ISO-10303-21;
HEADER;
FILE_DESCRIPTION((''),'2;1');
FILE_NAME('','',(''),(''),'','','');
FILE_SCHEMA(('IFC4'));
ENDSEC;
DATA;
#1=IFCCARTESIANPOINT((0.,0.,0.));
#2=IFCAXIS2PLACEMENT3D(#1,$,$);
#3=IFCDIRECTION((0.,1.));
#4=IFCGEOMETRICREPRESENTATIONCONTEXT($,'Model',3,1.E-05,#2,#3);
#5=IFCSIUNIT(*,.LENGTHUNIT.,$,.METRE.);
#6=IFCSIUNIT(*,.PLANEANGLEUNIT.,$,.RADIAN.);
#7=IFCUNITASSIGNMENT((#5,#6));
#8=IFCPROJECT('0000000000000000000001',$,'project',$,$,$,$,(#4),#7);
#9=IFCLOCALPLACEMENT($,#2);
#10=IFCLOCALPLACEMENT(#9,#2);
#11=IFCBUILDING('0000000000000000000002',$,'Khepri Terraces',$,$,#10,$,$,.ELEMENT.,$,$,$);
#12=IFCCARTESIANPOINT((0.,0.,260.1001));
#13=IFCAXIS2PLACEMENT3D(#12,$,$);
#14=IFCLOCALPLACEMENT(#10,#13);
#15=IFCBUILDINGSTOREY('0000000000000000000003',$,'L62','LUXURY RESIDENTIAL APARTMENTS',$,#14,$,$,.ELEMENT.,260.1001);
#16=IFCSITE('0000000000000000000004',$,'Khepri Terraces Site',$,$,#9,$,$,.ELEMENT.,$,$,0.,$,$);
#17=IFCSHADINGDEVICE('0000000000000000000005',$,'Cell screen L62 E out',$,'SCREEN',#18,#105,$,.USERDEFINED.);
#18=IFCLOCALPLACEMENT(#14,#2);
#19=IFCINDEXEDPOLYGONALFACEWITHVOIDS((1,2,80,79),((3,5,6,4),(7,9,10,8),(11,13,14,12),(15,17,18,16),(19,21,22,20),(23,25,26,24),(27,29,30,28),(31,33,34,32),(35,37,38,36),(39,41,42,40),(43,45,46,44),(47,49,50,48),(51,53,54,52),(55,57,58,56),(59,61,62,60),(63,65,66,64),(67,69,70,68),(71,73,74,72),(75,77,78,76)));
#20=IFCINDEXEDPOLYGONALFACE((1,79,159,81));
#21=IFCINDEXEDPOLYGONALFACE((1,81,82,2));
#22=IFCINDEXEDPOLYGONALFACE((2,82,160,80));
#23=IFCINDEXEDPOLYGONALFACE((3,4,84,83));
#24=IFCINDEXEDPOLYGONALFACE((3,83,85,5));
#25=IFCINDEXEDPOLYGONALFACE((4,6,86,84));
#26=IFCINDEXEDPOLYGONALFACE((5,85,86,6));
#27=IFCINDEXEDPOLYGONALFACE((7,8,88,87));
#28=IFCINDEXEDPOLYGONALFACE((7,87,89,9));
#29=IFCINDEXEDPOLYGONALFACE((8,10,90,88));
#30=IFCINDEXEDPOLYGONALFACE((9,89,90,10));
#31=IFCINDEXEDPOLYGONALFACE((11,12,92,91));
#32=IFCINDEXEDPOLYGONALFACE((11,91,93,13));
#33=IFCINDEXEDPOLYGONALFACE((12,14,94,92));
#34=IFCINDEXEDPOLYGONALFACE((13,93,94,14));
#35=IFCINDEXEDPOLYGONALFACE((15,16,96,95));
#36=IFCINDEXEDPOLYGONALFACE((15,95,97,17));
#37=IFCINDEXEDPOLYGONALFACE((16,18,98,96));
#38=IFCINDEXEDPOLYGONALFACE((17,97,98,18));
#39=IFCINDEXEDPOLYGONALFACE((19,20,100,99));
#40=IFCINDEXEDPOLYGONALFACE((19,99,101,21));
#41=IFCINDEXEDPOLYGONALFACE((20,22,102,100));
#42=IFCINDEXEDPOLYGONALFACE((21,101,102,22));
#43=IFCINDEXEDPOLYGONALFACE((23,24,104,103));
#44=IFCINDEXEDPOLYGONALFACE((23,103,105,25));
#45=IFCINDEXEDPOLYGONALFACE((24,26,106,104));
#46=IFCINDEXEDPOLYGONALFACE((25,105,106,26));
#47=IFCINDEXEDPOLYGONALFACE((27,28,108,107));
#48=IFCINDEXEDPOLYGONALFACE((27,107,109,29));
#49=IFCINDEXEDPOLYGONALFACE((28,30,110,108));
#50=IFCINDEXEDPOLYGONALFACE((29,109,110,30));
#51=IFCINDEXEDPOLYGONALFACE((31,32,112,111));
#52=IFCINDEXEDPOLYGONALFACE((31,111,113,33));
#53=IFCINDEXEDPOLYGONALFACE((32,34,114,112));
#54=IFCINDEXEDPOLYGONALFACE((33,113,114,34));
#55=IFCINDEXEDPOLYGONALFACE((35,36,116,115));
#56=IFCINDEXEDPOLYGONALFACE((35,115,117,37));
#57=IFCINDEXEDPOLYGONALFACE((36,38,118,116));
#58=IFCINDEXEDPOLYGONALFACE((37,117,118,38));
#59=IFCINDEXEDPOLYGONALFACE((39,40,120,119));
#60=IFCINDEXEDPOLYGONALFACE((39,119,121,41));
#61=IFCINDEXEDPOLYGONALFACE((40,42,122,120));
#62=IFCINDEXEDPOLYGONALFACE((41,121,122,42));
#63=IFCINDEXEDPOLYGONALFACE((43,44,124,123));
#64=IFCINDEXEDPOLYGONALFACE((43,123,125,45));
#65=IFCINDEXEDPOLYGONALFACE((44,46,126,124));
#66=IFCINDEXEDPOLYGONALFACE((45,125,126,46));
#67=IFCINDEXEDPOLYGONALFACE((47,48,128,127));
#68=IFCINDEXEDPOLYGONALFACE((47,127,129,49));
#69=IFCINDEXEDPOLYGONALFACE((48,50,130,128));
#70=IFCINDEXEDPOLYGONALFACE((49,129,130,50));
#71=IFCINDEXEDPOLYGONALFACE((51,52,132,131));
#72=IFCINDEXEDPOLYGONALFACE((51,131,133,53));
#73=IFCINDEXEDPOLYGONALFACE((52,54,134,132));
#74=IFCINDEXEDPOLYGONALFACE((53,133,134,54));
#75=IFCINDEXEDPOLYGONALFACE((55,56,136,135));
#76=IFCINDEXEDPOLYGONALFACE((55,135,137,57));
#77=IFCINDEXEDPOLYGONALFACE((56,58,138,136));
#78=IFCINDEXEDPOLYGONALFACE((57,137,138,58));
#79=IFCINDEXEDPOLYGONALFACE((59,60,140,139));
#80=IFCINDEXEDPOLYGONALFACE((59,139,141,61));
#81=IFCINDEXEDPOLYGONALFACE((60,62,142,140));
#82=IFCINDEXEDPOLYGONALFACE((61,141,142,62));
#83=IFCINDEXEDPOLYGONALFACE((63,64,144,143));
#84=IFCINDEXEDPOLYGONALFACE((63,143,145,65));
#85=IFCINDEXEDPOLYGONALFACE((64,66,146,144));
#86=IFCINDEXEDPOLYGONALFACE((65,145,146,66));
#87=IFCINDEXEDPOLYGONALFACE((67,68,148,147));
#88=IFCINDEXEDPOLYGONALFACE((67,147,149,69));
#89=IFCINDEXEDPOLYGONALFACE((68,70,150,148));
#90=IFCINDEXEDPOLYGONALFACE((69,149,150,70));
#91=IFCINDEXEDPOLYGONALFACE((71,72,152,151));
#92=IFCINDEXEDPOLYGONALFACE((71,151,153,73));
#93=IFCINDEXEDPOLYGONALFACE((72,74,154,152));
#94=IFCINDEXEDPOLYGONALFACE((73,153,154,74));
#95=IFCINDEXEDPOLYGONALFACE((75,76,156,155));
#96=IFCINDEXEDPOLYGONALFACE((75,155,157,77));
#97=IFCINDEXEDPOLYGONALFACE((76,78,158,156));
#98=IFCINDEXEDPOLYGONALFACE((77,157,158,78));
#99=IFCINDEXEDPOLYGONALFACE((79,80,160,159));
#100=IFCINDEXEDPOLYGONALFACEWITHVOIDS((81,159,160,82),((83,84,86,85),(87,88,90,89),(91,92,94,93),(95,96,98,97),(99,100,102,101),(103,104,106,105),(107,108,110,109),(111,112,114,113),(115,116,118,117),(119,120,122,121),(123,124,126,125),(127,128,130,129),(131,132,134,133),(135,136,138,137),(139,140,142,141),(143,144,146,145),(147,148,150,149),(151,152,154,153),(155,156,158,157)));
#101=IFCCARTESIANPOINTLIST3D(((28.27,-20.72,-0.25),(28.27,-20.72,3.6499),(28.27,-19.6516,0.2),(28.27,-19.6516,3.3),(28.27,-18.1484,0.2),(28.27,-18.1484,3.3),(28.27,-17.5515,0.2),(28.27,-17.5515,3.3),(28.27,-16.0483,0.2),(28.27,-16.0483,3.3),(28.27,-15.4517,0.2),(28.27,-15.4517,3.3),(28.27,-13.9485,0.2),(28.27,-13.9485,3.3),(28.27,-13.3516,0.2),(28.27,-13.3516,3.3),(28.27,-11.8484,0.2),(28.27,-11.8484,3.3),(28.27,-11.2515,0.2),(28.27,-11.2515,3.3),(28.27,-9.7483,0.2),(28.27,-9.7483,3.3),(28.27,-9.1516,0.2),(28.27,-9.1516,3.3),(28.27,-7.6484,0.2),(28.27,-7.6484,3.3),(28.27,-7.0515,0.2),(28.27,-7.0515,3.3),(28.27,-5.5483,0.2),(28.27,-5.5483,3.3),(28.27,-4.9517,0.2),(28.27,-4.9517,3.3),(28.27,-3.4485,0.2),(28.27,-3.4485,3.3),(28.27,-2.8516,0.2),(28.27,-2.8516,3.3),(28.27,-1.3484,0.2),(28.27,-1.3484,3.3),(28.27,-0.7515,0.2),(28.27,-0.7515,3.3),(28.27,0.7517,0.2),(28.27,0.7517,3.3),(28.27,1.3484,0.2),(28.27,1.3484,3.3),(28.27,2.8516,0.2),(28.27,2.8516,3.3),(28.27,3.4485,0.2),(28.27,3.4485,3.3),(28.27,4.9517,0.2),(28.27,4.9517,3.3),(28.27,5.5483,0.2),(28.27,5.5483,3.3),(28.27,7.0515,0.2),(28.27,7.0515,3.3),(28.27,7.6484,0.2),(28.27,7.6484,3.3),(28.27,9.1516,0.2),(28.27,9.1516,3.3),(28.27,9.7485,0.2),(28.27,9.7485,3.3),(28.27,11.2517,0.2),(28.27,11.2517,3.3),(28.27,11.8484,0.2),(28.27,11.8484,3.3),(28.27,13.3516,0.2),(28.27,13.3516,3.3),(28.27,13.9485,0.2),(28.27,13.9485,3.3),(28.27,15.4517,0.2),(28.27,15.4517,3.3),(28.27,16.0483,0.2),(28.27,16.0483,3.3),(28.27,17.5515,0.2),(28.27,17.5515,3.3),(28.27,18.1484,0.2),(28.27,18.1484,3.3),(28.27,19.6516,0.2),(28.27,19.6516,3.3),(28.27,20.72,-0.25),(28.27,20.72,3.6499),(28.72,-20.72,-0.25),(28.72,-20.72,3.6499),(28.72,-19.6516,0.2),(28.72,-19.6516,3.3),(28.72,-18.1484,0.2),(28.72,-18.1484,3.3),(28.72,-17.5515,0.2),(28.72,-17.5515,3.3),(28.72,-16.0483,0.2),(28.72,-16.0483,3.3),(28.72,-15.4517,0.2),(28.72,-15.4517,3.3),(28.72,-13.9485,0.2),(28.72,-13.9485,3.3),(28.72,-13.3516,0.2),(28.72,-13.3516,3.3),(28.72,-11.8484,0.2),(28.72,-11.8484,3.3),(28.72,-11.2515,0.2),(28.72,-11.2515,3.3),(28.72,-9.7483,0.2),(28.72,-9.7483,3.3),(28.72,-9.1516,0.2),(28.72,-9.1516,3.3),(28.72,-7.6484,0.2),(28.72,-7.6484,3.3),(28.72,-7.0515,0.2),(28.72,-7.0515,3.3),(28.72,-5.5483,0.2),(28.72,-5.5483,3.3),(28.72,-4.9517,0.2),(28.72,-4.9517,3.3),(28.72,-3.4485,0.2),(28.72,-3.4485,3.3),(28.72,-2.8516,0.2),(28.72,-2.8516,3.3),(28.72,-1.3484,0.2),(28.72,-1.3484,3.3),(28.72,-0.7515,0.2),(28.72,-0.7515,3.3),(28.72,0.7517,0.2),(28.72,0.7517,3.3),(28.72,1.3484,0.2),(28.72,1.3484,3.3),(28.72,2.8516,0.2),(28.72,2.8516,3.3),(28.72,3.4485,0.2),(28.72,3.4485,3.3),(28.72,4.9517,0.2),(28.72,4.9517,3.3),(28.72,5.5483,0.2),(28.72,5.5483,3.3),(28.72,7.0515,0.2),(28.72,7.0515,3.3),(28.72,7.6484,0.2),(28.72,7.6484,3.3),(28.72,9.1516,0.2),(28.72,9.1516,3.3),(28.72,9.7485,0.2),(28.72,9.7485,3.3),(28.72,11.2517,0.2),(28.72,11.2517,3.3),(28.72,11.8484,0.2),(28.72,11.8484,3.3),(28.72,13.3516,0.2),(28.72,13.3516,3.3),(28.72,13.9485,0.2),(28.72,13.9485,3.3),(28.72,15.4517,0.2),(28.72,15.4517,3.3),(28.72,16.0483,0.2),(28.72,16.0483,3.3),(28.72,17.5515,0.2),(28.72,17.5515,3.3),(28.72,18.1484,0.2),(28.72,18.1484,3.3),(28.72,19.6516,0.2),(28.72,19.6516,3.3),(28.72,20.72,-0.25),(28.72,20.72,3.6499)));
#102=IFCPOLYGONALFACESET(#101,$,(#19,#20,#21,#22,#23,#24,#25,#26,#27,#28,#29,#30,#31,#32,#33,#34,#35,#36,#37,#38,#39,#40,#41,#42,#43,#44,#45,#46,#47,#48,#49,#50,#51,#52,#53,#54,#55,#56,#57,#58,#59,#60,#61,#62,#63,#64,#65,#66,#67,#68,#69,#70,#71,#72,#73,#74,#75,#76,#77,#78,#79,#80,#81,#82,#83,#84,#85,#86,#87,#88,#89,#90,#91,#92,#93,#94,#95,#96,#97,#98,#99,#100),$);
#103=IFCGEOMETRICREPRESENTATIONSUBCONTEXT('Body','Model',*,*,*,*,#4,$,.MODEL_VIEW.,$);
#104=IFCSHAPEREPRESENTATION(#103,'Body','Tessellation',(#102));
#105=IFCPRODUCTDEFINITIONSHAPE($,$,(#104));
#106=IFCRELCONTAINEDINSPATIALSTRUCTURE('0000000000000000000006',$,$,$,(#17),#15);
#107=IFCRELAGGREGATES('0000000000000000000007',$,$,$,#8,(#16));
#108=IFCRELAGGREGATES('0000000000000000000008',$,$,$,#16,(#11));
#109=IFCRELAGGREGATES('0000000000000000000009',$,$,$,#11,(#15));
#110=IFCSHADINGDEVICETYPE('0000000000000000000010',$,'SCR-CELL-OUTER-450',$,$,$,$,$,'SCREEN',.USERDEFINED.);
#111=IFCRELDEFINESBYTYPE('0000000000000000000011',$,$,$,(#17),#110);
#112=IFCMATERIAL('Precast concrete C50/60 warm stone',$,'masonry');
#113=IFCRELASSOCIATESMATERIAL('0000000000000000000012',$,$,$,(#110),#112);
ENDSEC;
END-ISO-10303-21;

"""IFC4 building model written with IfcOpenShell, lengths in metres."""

from ifc_helpers import new_model, si_unit, direction, frame, origin, place, context, subcontext, project, spatial, polyline, outline, extrude, material, type_object, element, save


model = new_model("IFC4")

# Units and contexts
model_context = context("Model", 3, precision=1e-05, world=origin(), true_north=direction((0.0, 1.0)))
body_context = subcontext(model_context, "Body", "Model", "MODEL_VIEW")
ifc_project = project(units=[si_unit("LENGTHUNIT", "METRE"), si_unit("PLANEANGLEUNIT", "RADIAN")], contexts=[model_context])

# Site, building, storey
site_placement = place(None, origin())
site = spatial("IfcSite", under=ifc_project, at=site_placement, Name="Khepri Terraces Site", CompositionType="ELEMENT", RefElevation=0.0)
building_placement = place(site_placement, origin())
building = spatial("IfcBuilding", under=site, at=building_placement, Name="Khepri Terraces", CompositionType="ELEMENT")
storey_placement = place(building_placement, frame((0.0, 0.0, 260.1001)))
storey = spatial("IfcBuildingStorey", under=building, at=storey_placement, Name="L62", Description="LUXURY RESIDENTIAL APARTMENTS", CompositionType="ELEMENT", Elevation=260.1001)

# Shared definitions
ifc_material_1 = material(Name="Precast concrete C50/60 warm stone", Category="masonry")

# Shading device
shading_device_type_1 = type_object("IfcShadingDeviceType", Name="SCR-CELL-OUTER-450", ElementType="SCREEN", PredefinedType="USERDEFINED", material=ifc_material_1)
shading_device_1_placement = place(storey_placement, frame((28.27, -20.72, -0.25), z_axis=(1.0, 0.0, 0.0), x_axis=(0.0, 1.0, 0.0)))
element("IfcShadingDevice", 1, at=shading_device_1_placement, inside=storey, type_object=shading_device_type_1, Name="Cell screen L62 E out", ObjectType="SCREEN", PredefinedType="USERDEFINED", context=body_context, shape_type="SweptSolid", body=[
    extrude(outline(polyline([(0.0, 0.0), (41.4399, 0.0), (41.4399, 3.8999), (0.0, 3.8999), (0.0, 0.0)]), holes=[polyline([(1.0684, 0.45), (2.5715, 0.45), (2.5715, 3.55), (1.0684, 3.55), (1.0684, 0.45)]), polyline([(3.1685, 0.45), (4.6716, 0.45), (4.6716, 3.55), (3.1685, 3.55), (3.1685, 0.45)]), polyline([(5.2683, 0.45), (6.7715, 0.45), (6.7715, 3.55), (5.2683, 3.55), (5.2683, 0.45)]), polyline([(7.3684, 0.45), (8.8716, 0.45), (8.8716, 3.55), (7.3684, 3.55), (7.3684, 0.45)]), polyline([(9.4685, 0.45), (10.9717, 0.45), (10.9717, 3.55), (9.4685, 3.55), (9.4685, 0.45)]), polyline([(11.5684, 0.45), (13.0715, 0.45), (13.0715, 3.55), (11.5684, 3.55), (11.5684, 0.45)]), polyline([(13.6685, 0.45), (15.1716, 0.45), (15.1716, 3.55), (13.6685, 3.55), (13.6685, 0.45)]), polyline([(15.7683, 0.45), (17.2715, 0.45), (17.2715, 3.55), (15.7683, 3.55), (15.7683, 0.45)]), polyline([(17.8684, 0.45), (19.3716, 0.45), (19.3716, 3.55), (17.8684, 3.55), (17.8684, 0.45)]), polyline([(19.9685, 0.45), (21.4717, 0.45), (21.4717, 3.55), (19.9685, 3.55), (19.9685, 0.45)]), polyline([(22.0684, 0.45), (23.5715, 0.45), (23.5715, 3.55), (22.0684, 3.55), (22.0684, 0.45)]), polyline([(24.1685, 0.45), (25.6716, 0.45), (25.6716, 3.55), (24.1685, 3.55), (24.1685, 0.45)]), polyline([(26.2683, 0.45), (27.7715, 0.45), (27.7715, 3.55), (26.2683, 3.55), (26.2683, 0.45)]), polyline([(28.3684, 0.45), (29.8716, 0.45), (29.8716, 3.55), (28.3684, 3.55), (28.3684, 0.45)]), polyline([(30.4685, 0.45), (31.9717, 0.45), (31.9717, 3.55), (30.4685, 3.55), (30.4685, 0.45)]), polyline([(32.5684, 0.45), (34.0715, 0.45), (34.0715, 3.55), (32.5684, 3.55), (32.5684, 0.45)]), polyline([(34.6685, 0.45), (36.1716, 0.45), (36.1716, 3.55), (34.6685, 3.55), (34.6685, 0.45)]), polyline([(36.7683, 0.45), (38.2715, 0.45), (38.2715, 3.55), (36.7683, 3.55), (36.7683, 0.45)]), polyline([(38.8684, 0.45), (40.3716, 0.45), (40.3716, 3.55), (38.8684, 3.55), (38.8684, 0.45)])]), origin(), (0.0, 0.0, 1.0), 0.45),
])

save(model, "model.ifc")
